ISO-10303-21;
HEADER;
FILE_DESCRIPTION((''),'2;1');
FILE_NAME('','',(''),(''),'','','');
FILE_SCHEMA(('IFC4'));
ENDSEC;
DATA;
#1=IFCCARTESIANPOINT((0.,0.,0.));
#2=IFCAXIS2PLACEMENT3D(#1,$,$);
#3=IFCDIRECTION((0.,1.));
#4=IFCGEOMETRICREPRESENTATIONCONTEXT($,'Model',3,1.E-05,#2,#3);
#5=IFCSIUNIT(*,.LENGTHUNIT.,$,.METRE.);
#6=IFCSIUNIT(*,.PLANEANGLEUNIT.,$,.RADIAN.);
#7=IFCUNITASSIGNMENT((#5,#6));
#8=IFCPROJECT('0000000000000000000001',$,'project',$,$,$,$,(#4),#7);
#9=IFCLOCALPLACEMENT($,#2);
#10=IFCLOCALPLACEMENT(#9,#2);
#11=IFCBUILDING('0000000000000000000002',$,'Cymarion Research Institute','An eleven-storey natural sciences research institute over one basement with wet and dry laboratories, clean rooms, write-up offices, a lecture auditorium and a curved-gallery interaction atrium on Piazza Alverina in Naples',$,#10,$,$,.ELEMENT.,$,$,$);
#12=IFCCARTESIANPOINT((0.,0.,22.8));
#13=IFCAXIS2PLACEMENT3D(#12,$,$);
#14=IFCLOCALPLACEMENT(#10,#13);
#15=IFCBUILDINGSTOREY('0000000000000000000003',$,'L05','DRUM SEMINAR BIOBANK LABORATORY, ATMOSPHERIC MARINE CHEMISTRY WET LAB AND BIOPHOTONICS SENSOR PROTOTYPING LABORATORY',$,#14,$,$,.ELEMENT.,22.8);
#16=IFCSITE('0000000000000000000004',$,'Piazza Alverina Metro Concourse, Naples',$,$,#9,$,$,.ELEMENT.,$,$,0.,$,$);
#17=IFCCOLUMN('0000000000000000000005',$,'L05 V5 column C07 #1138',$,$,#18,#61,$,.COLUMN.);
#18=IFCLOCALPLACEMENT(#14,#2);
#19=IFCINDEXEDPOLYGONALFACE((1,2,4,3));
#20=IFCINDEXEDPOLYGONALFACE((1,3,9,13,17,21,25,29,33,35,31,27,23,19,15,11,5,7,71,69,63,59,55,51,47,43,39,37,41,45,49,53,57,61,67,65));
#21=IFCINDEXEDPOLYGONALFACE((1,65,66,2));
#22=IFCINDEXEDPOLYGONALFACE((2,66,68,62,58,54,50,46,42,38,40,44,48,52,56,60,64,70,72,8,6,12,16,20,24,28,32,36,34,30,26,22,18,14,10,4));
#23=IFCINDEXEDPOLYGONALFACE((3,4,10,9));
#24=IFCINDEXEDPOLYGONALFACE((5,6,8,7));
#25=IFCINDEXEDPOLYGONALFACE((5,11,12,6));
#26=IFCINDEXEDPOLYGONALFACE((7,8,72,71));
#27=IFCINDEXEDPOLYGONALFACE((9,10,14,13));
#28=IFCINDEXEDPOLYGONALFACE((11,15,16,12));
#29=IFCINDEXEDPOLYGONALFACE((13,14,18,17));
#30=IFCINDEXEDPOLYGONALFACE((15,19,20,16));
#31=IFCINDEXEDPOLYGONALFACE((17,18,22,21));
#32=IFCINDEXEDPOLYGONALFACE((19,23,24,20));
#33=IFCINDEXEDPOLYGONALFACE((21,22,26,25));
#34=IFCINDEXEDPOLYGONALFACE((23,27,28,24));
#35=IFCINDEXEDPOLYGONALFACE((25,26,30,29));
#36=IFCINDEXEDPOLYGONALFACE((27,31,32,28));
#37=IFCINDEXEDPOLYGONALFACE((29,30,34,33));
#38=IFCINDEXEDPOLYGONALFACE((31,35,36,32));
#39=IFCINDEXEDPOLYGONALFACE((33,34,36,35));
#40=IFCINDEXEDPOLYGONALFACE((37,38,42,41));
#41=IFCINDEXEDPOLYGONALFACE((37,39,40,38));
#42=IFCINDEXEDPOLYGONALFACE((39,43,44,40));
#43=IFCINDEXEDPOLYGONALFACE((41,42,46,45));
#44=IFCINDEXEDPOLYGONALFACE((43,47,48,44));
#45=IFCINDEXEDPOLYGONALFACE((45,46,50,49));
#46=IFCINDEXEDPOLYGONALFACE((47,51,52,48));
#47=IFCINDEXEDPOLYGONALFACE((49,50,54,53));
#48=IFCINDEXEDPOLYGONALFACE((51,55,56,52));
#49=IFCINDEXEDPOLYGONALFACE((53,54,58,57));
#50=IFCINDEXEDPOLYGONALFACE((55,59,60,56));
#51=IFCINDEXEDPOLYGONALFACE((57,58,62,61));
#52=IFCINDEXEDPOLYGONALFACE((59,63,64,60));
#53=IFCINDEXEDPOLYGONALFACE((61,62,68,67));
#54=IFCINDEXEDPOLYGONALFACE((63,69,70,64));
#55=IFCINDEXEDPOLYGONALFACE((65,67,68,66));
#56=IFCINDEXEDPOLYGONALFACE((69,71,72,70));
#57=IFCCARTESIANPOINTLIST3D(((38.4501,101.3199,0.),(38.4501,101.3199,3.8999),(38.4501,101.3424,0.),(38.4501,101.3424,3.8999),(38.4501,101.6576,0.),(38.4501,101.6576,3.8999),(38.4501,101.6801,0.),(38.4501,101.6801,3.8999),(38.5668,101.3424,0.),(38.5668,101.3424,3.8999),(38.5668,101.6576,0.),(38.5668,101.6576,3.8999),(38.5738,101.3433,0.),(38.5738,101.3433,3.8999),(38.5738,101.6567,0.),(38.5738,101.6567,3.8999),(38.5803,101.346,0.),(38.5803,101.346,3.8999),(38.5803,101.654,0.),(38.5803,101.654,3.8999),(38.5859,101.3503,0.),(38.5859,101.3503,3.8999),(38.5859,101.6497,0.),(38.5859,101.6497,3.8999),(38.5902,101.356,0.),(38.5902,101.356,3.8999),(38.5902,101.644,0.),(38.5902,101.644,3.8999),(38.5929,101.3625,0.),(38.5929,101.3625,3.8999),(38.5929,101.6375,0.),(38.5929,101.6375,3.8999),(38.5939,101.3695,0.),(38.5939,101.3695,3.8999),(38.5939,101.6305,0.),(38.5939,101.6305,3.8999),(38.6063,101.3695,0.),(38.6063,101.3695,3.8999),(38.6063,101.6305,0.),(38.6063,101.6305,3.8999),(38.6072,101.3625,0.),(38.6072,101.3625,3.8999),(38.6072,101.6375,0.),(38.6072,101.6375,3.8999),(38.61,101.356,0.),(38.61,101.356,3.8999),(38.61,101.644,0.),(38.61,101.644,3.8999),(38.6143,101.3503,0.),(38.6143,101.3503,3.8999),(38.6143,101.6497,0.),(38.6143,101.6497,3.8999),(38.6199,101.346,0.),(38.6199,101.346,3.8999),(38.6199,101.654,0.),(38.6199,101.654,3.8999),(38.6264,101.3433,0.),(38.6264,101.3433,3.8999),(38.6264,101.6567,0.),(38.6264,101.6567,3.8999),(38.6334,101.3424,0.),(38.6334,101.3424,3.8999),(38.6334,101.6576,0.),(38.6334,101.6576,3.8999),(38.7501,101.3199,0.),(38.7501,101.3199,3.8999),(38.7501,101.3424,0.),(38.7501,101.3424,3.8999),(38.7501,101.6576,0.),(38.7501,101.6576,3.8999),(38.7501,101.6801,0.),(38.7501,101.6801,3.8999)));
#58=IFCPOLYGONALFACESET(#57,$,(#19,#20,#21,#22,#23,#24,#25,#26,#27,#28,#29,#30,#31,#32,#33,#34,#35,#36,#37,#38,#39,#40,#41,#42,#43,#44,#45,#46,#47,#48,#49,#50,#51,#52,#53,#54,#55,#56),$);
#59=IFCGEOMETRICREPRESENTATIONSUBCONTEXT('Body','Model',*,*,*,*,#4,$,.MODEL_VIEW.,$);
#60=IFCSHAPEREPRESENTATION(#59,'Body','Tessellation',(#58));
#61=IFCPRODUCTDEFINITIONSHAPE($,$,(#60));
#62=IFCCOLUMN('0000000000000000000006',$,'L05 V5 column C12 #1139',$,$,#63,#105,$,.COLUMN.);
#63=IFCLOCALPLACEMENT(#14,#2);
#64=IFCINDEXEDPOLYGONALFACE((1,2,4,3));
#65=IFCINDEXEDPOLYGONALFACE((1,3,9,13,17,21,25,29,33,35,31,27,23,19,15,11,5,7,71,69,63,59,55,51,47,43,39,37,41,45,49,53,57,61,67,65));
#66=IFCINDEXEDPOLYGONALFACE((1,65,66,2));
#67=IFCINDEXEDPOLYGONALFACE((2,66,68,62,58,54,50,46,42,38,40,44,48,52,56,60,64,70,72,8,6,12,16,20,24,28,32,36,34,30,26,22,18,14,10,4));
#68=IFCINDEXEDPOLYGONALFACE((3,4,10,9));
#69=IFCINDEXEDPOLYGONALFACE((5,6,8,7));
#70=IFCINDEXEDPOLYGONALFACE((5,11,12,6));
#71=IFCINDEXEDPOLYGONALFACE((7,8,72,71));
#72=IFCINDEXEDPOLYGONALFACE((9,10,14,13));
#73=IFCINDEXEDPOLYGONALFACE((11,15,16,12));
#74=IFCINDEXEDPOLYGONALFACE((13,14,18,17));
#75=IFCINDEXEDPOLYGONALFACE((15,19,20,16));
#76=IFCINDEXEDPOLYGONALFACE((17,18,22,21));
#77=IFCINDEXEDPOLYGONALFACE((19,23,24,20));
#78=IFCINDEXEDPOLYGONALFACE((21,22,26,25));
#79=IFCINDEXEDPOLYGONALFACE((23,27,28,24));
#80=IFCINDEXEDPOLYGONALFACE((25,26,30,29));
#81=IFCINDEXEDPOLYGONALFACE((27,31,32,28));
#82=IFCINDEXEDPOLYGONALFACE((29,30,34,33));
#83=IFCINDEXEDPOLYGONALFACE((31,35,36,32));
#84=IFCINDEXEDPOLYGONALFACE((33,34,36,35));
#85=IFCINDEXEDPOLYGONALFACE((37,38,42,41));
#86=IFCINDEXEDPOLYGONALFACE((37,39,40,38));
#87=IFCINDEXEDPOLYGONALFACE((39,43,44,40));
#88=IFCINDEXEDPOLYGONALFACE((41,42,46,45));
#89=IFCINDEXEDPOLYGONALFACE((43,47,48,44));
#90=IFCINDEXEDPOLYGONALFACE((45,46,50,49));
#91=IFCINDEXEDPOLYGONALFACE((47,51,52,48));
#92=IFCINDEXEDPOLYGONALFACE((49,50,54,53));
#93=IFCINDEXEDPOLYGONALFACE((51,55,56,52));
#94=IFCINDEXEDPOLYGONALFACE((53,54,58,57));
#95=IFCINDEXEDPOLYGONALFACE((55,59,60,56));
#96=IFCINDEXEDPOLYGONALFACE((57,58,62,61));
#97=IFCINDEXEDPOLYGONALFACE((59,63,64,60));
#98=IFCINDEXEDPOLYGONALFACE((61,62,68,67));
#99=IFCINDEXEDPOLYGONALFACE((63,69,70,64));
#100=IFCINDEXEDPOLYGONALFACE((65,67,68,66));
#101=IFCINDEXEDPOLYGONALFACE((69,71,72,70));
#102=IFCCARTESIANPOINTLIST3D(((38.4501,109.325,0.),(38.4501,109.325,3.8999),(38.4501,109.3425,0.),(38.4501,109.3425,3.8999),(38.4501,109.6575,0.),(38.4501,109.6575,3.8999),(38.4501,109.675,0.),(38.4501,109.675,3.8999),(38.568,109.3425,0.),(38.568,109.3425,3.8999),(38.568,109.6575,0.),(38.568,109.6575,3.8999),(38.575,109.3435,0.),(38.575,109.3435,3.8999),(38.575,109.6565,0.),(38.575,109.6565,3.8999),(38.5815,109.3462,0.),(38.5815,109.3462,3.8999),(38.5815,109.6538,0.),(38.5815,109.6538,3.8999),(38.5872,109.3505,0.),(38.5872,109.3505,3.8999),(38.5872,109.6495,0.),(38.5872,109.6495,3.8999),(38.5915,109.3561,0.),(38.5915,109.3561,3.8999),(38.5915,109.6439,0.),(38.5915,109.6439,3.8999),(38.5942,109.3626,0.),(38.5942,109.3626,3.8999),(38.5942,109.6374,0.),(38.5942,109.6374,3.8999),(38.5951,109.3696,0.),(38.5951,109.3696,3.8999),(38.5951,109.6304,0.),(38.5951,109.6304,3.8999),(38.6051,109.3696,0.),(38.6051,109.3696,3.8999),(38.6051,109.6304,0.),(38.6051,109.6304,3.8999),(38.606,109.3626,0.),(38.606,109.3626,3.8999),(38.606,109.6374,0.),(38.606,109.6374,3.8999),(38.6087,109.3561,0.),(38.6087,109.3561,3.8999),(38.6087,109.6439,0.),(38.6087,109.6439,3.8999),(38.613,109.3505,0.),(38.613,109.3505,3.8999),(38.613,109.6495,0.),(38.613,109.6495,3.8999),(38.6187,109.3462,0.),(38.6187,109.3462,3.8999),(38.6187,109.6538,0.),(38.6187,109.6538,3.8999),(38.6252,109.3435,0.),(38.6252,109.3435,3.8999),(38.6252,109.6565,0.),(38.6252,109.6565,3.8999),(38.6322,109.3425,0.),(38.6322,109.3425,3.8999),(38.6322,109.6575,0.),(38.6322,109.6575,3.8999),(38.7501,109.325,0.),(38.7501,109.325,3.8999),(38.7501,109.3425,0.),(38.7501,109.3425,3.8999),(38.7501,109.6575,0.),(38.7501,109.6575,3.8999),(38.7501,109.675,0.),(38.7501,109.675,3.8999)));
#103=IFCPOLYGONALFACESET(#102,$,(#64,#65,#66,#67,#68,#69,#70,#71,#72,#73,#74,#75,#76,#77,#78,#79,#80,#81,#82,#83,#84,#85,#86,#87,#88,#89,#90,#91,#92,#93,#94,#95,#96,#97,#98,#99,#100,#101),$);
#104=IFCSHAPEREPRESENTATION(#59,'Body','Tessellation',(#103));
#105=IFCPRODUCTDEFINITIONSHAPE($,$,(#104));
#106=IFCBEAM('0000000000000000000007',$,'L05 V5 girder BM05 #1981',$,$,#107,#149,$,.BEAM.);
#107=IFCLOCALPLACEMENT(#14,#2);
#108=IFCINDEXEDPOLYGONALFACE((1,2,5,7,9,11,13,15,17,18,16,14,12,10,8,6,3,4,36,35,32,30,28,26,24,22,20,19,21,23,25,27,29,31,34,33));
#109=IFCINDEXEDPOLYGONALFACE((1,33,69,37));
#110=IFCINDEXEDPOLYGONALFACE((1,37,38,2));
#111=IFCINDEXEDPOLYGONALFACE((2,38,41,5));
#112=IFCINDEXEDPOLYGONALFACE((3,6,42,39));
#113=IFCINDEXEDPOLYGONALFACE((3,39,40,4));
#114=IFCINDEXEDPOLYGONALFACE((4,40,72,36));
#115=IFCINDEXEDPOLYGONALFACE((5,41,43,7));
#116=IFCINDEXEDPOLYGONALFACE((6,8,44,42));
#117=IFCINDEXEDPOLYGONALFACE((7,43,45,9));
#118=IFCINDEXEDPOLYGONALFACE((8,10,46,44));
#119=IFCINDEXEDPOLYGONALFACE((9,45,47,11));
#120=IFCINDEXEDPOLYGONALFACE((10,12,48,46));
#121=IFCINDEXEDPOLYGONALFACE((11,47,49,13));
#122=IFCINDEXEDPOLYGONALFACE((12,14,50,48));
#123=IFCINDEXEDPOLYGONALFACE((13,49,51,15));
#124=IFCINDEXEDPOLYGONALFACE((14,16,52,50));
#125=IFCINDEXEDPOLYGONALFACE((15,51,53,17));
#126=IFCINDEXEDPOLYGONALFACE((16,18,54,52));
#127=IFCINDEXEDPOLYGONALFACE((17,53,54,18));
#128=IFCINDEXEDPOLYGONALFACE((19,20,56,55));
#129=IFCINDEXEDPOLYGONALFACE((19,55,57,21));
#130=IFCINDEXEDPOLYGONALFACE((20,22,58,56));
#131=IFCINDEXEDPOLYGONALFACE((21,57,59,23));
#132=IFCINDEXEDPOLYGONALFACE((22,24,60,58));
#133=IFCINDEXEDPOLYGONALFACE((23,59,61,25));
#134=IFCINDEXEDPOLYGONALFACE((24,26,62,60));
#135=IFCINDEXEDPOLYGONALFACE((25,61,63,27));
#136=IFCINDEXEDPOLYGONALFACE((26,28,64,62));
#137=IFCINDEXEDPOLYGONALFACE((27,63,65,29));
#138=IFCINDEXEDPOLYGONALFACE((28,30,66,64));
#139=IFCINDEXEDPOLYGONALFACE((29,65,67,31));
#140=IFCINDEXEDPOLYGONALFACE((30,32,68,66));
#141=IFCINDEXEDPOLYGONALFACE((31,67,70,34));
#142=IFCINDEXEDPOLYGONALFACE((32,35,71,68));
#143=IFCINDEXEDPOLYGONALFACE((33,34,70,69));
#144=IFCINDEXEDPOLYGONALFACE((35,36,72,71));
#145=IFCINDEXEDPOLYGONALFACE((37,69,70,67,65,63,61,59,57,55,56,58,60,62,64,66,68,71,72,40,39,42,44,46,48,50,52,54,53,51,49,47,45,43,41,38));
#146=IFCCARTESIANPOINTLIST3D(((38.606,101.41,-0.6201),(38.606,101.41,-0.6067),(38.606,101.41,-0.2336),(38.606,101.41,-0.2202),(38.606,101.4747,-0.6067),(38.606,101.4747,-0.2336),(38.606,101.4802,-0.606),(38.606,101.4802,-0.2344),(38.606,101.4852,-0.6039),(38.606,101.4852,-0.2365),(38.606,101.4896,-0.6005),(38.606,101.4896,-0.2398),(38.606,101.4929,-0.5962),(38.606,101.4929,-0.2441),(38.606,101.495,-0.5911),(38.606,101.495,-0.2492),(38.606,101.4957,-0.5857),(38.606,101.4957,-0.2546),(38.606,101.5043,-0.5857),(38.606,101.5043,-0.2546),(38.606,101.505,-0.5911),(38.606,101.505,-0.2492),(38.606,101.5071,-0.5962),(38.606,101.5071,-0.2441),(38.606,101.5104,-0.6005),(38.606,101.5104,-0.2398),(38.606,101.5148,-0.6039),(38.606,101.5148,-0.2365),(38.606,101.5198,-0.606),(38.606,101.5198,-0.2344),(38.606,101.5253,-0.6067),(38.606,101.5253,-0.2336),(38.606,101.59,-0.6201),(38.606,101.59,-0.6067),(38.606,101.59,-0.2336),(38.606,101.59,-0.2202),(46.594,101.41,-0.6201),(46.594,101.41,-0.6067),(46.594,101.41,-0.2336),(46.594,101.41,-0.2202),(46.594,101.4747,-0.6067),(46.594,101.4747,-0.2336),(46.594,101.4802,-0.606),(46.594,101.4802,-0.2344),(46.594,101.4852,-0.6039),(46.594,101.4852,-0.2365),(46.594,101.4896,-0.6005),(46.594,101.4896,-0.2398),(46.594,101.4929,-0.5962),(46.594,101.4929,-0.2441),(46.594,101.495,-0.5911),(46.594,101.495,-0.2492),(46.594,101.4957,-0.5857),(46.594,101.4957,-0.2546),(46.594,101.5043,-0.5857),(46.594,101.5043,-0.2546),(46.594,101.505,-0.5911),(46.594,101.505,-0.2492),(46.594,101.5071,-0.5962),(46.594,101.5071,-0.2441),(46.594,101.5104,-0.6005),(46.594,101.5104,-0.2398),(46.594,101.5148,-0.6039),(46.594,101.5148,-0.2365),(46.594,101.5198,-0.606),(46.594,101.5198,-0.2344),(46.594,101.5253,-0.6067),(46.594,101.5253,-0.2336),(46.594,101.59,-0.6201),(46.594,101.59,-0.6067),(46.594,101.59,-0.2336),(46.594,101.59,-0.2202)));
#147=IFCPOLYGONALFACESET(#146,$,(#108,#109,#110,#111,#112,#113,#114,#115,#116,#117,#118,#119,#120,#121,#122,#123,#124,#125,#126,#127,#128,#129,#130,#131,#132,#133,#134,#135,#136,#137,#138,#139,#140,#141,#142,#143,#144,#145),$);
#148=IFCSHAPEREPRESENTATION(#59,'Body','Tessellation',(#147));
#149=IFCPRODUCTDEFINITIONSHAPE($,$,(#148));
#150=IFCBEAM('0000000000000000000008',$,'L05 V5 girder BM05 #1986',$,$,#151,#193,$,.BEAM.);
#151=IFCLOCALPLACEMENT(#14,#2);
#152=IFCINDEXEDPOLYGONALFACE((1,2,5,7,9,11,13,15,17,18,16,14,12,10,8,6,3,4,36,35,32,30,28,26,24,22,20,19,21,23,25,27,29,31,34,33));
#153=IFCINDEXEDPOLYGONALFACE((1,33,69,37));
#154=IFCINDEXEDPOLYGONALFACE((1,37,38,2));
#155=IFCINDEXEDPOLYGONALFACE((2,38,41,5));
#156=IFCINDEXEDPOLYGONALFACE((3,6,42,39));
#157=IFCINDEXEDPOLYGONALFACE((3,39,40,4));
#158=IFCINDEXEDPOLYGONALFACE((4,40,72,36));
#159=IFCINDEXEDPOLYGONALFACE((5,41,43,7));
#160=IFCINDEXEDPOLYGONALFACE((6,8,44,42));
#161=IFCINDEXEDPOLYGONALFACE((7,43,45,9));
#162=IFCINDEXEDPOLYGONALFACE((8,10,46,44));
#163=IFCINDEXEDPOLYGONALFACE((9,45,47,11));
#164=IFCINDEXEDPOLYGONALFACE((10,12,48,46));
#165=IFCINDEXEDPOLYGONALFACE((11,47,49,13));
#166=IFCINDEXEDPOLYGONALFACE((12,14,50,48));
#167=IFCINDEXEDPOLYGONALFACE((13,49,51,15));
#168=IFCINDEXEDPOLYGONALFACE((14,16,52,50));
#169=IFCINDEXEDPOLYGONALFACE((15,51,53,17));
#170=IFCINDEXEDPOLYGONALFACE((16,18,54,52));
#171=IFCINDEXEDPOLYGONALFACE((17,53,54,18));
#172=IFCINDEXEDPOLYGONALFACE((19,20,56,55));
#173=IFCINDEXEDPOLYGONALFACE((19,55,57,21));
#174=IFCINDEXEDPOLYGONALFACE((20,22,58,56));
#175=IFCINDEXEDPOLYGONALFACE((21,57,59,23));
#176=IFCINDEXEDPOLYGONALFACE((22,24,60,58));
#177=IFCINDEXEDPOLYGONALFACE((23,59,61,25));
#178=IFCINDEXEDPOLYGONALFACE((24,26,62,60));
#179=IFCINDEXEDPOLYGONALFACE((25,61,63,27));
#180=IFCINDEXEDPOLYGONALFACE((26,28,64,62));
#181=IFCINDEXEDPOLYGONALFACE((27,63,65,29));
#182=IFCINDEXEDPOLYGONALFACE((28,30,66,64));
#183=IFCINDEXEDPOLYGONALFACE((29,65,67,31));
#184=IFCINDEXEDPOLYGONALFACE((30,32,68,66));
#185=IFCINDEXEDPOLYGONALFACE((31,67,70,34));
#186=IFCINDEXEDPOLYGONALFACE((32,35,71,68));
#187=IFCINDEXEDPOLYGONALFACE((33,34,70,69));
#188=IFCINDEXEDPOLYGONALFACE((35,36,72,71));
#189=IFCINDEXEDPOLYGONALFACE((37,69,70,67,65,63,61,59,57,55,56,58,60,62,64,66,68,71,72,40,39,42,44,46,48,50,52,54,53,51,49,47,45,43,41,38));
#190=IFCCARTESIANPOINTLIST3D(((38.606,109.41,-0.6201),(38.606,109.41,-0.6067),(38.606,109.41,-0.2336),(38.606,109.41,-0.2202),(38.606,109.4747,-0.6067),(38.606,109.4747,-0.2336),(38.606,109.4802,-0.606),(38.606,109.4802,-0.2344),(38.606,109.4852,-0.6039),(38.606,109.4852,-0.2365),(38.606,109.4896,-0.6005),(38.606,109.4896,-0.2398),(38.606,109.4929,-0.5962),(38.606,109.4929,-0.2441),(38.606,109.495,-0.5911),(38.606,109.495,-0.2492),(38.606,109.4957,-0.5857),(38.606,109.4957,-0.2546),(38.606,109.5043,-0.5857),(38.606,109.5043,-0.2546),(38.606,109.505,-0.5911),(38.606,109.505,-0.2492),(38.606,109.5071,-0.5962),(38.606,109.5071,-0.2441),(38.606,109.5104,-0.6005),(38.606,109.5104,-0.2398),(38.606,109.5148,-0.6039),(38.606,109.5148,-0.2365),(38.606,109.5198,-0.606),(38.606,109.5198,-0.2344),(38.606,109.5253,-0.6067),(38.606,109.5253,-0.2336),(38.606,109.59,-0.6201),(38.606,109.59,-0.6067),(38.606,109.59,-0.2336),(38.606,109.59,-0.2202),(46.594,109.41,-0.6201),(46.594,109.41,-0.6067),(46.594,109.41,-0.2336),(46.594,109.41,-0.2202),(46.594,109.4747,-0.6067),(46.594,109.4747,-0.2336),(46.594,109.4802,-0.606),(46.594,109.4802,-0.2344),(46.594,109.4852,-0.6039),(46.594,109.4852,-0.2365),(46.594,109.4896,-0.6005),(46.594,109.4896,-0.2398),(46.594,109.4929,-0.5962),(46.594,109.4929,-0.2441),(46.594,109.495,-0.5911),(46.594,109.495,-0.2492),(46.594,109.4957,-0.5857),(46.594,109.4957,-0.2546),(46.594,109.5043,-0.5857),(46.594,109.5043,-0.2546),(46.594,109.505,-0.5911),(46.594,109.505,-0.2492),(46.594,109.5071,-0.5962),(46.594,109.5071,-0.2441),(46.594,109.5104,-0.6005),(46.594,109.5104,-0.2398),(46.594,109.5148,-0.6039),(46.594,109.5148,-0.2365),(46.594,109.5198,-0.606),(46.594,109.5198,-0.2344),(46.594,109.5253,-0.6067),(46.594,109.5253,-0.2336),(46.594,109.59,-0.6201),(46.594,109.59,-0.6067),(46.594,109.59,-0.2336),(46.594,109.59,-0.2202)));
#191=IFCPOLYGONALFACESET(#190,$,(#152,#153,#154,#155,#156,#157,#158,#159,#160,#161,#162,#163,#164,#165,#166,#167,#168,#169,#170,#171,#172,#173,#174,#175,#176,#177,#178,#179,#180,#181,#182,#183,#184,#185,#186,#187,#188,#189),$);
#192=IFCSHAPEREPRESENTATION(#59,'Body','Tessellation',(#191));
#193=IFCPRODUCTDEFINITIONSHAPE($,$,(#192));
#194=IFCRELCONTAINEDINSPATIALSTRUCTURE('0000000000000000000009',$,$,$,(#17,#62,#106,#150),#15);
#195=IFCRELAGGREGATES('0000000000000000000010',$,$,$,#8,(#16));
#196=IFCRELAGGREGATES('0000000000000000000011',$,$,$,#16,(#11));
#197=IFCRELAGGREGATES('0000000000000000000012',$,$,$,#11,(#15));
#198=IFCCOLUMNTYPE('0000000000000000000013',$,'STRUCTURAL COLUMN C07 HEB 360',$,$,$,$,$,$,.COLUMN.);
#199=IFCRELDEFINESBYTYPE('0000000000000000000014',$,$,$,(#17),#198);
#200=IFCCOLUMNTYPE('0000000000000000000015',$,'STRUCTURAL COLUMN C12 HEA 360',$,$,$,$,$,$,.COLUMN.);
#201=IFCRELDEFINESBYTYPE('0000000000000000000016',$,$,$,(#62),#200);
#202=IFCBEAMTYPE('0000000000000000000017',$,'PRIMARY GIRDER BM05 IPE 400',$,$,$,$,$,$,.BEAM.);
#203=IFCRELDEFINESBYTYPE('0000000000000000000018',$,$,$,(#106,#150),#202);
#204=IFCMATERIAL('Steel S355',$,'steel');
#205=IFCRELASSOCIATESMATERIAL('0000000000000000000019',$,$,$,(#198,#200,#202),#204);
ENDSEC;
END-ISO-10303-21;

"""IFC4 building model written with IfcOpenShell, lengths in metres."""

from ifc_helpers import new_model, si_unit, direction, frame, origin, origin_2d, place, context, subcontext, project, spatial, i_section, extrude, material, material_profile, profile_set, type_object, element, save


model = new_model("IFC4")

# Units and contexts
model_context = context("Model", 3, precision=1e-05, world=origin(), true_north=direction((0.0, 1.0)))
body_context = subcontext(model_context, "Body", "Model", "MODEL_VIEW")
ifc_project = project(units=[si_unit("LENGTHUNIT", "METRE"), si_unit("PLANEANGLEUNIT", "RADIAN")], contexts=[model_context])

# Site, building, storey
site_placement = place(None, origin())
site = spatial("IfcSite", under=ifc_project, at=site_placement, Name="Piazza Alverina Metro Concourse, Naples", CompositionType="ELEMENT", RefElevation=0.0)
building_placement = place(site_placement, origin())
building = spatial("IfcBuilding", under=site, at=building_placement, Name="Cymarion Research Institute", Description="An eleven-storey natural sciences research institute over one basement with wet and dry laboratories, clean rooms, write-up offices, a lecture auditorium and a curved-gallery interaction atrium on Piazza Alverina in Naples", CompositionType="ELEMENT")
storey_placement = place(building_placement, frame((0.0, 0.0, 22.8)))
storey = spatial("IfcBuildingStorey", under=building, at=storey_placement, Name="L05", Description="DRUM SEMINAR BIOBANK LABORATORY, ATMOSPHERIC MARINE CHEMISTRY WET LAB AND BIOPHOTONICS SENSOR PROTOTYPING LABORATORY", CompositionType="ELEMENT", Elevation=22.8)

# Columns
ifc_material_1 = material(Name="Steel S355", Category="steel")
ifc_material_profile_1 = material_profile(ifc_material_1, i_section(OverallWidth=0.3, OverallDepth=0.3601, WebThickness=0.0125, FlangeThickness=0.0225, FilletRadius=0.0271, at=origin_2d()), Name="HEB 360")
ifc_profile_set_1 = profile_set([ifc_material_profile_1], Name="Steel S355")
column_type_1 = type_object("IfcColumnType", Name="STRUCTURAL COLUMN C07 HEB 360", PredefinedType="COLUMN", material=ifc_profile_set_1)
column_1_placement = place(storey_placement, frame((38.6001, 101.5, 0.0), z_axis=(0.0, 0.0, 1.0), x_axis=(1.0, 0.0, 0.0)))
element("IfcColumn", 1, at=column_1_placement, inside=storey, type_object=column_type_1, Name="L05 V5 column C07 #1138", PredefinedType="COLUMN", context=body_context, shape_type="SweptSolid", body=[
    extrude(i_section(OverallWidth=0.3, OverallDepth=0.3601, WebThickness=0.0125, FlangeThickness=0.0225, FilletRadius=0.0271, at=origin_2d()), origin(), (0.0, 0.0, 1.0), 3.8999),
])
ifc_material_profile_2 = material_profile(ifc_material_1, i_section(OverallWidth=0.3, OverallDepth=0.3501, WebThickness=0.01, FlangeThickness=0.0176, FilletRadius=0.0271, at=origin_2d()), Name="HEA 360")
ifc_profile_set_2 = profile_set([ifc_material_profile_2], Name="Steel S355")
column_type_2 = type_object("IfcColumnType", Name="STRUCTURAL COLUMN C12 HEA 360", PredefinedType="COLUMN", material=ifc_profile_set_2)
column_2_placement = place(storey_placement, frame((38.6001, 109.5, 0.0), z_axis=(0.0, 0.0, 1.0), x_axis=(1.0, 0.0, 0.0)))
element("IfcColumn", 2, at=column_2_placement, inside=storey, type_object=column_type_2, Name="L05 V5 column C12 #1139", PredefinedType="COLUMN", context=body_context, shape_type="SweptSolid", body=[
    extrude(i_section(OverallWidth=0.3, OverallDepth=0.3501, WebThickness=0.01, FlangeThickness=0.0176, FilletRadius=0.0271, at=origin_2d()), origin(), (0.0, 0.0, 1.0), 3.8999),
])

# Beams
ifc_material_profile_3 = material_profile(ifc_material_1, i_section(OverallWidth=0.1799, OverallDepth=0.3999, WebThickness=0.0085, FlangeThickness=0.0134, FilletRadius=0.021, at=origin_2d()), Name="IPE 400")
ifc_profile_set_3 = profile_set([ifc_material_profile_3], Name="Steel S355")
beam_type_1 = type_object("IfcBeamType", Name="PRIMARY GIRDER BM05 IPE 400", PredefinedType="BEAM", material=ifc_profile_set_3)
for number, where, z_axis, x_axis, name in (
    (3, (38.606, 101.5, -0.4202), (1.0, 0.0, 0.0), (0.0, 1.0, 0.0), "L05 V5 girder BM05 #1981"),
    (4, (38.606, 109.5, -0.4202), (1.0, 0.0, 0.0), (0.0, 1.0, 0.0), "L05 V5 girder BM05 #1986"),
):
    element("IfcBeam", number, at=place(storey_placement, frame(where, z_axis=z_axis, x_axis=x_axis)), inside=storey, type_object=beam_type_1, Name=name, PredefinedType="BEAM", context=body_context, shape_type="SweptSolid", body=[
        extrude(i_section(OverallWidth=0.1799, OverallDepth=0.3999, WebThickness=0.0085, FlangeThickness=0.0134, FilletRadius=0.021, at=origin_2d()), origin(), (0.0, 0.0, 1.0), 7.988),
    ])

save(model, "model.ifc")
